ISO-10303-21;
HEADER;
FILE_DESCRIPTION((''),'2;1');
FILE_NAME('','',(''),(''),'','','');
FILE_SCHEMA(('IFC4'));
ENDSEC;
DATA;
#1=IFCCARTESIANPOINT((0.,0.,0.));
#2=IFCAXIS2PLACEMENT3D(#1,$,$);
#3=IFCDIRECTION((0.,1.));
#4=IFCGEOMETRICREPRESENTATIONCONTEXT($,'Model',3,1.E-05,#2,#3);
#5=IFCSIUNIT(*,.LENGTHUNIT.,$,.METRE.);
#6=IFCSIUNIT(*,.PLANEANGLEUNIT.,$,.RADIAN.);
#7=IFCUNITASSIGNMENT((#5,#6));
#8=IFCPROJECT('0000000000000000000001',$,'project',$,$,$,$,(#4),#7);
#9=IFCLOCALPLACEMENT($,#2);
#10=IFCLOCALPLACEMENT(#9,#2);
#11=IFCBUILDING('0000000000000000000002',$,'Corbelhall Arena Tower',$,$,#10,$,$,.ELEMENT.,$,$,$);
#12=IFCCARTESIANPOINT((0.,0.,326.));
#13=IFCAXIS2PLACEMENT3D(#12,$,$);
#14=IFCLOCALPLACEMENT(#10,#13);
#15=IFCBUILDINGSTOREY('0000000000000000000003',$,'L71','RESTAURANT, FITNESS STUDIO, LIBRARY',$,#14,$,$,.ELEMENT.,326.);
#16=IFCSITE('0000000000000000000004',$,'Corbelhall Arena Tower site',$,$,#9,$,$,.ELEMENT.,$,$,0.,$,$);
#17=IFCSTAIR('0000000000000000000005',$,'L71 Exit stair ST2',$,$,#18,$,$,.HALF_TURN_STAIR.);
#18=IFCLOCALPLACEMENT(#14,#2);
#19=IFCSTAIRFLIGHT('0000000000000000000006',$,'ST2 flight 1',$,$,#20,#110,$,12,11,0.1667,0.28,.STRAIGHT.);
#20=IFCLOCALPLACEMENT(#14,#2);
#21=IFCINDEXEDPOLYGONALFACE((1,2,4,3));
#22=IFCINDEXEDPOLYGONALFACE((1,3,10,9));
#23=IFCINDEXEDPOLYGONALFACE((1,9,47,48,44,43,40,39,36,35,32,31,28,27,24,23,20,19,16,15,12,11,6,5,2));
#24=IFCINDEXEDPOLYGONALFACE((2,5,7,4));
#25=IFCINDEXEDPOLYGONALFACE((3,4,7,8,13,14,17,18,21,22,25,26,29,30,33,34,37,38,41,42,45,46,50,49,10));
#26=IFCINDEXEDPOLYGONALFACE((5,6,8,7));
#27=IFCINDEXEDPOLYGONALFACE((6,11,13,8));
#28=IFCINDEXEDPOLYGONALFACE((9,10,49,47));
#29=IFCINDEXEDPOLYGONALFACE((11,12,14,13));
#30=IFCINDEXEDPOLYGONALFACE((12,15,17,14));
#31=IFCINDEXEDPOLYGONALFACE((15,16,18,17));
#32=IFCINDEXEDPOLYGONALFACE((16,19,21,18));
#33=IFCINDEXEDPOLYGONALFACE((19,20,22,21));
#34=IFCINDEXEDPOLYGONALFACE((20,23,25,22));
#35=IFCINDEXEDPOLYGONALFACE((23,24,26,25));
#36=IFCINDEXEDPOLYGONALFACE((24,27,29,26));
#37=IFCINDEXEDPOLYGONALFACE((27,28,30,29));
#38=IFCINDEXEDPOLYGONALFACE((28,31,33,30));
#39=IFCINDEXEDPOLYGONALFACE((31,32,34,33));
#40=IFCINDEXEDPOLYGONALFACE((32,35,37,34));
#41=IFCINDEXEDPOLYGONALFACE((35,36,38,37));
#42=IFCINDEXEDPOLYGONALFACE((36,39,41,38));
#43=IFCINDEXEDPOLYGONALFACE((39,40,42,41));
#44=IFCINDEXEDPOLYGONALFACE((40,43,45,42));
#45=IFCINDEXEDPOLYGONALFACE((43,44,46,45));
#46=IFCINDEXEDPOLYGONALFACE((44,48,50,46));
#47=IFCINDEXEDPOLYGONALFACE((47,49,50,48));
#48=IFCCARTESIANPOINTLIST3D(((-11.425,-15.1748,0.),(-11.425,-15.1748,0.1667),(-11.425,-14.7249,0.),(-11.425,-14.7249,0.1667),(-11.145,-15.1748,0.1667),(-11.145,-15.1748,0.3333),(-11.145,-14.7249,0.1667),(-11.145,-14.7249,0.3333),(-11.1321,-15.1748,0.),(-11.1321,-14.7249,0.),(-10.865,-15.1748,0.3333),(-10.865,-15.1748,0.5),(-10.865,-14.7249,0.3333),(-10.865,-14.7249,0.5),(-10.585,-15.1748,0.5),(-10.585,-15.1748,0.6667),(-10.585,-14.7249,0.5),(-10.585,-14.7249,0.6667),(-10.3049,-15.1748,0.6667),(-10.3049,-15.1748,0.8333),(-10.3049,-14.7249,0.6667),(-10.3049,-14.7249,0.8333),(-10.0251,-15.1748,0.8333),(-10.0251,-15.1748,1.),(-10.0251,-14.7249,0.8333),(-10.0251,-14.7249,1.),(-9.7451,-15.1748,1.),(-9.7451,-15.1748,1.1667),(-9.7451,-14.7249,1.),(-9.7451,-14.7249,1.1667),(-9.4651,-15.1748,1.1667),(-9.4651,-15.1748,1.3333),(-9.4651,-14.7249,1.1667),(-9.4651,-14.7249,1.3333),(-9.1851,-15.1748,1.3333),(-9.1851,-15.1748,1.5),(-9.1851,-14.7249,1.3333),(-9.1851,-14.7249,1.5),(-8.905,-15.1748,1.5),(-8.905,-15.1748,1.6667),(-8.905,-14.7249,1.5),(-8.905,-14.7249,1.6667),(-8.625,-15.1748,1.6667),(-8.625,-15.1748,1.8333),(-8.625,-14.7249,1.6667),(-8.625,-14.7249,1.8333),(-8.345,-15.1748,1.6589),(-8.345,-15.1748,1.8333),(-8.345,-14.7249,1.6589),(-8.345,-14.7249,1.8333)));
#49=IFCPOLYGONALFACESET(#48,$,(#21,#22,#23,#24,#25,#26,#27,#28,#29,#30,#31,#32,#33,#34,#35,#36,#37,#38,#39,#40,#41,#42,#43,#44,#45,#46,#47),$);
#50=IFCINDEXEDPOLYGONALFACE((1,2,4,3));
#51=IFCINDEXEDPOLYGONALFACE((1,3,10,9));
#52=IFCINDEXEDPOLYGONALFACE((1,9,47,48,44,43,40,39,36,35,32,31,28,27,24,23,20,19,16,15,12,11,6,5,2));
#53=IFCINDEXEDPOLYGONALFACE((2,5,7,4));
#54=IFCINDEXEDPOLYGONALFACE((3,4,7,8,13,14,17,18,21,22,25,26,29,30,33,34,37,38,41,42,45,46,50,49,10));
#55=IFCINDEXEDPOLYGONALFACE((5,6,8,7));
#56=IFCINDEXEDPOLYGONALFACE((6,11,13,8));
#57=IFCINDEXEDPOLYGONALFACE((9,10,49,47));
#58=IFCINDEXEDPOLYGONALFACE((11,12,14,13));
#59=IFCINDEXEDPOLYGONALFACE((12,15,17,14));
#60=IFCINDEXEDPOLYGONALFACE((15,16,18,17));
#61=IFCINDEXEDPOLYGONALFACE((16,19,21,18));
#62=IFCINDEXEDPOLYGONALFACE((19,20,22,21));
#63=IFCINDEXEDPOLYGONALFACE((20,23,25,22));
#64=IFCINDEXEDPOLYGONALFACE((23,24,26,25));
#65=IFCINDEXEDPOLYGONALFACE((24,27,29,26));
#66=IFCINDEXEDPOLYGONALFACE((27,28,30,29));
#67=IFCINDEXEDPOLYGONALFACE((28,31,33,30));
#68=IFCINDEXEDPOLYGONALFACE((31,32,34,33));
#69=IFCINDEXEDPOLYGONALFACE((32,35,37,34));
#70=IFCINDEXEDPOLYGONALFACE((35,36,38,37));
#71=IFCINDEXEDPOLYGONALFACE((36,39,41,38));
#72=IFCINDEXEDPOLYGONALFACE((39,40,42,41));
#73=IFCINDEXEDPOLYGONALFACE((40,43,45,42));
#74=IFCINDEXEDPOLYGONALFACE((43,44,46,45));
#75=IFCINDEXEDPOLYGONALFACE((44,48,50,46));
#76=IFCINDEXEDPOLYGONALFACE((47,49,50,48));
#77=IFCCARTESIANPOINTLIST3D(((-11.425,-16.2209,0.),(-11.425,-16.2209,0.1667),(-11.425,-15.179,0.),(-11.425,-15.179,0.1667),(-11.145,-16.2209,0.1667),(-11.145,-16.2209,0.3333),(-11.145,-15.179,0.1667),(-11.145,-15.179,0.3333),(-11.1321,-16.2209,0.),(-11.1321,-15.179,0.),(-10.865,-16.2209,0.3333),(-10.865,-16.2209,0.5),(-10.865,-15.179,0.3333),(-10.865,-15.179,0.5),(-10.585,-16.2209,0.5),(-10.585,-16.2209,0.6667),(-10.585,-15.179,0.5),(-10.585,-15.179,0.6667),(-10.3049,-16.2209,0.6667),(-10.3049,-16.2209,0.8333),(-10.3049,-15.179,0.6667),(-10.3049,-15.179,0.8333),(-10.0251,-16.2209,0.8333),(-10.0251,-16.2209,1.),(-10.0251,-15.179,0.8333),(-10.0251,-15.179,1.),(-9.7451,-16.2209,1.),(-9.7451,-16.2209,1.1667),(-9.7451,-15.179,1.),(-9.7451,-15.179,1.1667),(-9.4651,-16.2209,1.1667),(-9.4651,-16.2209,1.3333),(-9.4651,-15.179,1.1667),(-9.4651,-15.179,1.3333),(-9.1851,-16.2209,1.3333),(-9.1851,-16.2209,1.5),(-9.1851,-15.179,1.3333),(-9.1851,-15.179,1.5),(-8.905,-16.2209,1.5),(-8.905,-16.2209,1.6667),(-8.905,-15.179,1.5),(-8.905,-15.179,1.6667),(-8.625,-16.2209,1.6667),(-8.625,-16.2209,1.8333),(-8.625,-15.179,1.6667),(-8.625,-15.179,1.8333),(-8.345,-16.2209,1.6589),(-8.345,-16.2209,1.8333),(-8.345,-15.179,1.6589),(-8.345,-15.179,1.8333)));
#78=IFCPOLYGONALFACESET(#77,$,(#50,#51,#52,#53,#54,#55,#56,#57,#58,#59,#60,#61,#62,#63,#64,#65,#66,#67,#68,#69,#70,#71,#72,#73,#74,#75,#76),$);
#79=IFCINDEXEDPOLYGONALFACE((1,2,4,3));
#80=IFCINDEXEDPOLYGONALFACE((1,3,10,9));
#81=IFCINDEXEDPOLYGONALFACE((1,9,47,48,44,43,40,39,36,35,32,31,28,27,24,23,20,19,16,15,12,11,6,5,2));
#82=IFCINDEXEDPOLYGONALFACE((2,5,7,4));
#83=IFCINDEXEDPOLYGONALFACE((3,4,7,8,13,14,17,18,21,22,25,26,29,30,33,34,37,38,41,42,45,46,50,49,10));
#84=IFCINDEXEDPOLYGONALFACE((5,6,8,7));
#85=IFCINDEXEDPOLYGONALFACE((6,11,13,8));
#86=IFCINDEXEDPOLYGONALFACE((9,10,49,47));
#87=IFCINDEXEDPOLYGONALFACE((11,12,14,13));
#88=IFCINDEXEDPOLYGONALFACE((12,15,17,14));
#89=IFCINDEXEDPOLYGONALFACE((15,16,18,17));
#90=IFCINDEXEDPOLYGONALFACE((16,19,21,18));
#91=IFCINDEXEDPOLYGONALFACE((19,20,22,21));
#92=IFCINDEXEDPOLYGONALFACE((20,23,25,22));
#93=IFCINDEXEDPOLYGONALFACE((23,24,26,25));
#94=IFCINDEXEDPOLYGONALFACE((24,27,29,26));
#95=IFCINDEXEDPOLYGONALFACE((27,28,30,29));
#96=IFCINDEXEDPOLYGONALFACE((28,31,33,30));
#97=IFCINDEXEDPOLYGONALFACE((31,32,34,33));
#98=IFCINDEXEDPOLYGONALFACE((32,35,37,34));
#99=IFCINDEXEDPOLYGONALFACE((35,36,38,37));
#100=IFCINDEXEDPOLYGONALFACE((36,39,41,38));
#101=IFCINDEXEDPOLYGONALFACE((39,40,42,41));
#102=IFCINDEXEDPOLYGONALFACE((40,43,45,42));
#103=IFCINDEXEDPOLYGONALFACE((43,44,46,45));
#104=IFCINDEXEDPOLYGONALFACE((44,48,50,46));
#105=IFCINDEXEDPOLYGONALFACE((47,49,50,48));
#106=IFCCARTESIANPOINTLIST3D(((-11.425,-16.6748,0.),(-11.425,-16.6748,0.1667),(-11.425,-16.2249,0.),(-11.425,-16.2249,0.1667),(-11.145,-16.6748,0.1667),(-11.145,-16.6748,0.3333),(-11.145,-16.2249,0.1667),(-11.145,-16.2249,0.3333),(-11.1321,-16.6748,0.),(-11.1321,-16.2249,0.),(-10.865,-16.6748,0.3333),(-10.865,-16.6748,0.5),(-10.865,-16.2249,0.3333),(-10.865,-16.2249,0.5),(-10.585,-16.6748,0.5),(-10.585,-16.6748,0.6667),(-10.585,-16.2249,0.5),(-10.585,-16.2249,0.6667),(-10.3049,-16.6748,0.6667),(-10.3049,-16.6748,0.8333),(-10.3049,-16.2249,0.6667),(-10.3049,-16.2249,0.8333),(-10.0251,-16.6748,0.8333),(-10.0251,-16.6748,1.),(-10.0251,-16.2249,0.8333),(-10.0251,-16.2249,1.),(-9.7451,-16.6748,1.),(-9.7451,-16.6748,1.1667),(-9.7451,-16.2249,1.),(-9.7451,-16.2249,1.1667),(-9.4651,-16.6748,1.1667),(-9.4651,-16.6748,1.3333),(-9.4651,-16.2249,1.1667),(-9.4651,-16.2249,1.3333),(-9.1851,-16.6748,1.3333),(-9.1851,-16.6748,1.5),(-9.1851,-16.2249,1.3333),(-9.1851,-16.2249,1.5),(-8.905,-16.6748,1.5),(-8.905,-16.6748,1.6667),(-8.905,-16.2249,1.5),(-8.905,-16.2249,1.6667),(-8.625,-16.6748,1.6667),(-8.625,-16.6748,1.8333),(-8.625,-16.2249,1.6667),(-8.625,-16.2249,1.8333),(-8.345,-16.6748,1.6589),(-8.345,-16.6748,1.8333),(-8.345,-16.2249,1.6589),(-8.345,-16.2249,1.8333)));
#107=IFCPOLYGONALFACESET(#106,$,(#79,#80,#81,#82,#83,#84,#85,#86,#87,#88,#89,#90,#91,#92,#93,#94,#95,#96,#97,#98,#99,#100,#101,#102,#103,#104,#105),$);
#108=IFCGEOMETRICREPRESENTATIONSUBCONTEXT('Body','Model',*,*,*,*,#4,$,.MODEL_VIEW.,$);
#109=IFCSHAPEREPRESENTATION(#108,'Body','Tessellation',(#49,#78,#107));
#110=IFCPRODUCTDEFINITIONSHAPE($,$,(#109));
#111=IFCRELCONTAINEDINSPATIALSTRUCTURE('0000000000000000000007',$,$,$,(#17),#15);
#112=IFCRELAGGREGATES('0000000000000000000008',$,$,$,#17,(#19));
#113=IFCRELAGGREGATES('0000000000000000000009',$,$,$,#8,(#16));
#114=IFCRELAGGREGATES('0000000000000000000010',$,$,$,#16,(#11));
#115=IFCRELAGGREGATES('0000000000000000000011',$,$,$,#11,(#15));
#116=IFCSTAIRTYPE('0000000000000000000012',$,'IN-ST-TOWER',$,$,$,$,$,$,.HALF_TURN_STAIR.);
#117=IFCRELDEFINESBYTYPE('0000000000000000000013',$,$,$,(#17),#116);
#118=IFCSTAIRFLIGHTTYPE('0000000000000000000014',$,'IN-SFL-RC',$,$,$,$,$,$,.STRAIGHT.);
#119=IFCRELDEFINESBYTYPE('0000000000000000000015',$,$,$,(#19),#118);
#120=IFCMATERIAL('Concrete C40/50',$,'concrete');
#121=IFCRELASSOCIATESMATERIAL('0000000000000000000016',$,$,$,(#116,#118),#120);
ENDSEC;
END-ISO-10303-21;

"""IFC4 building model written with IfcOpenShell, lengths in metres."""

from ifc_helpers import new_model, si_unit, direction, frame, origin, place, context, subcontext, project, spatial, polyline, outline, extrude, material, type_object, element, aggregate, save


model = new_model("IFC4")

# Units and contexts
model_context = context("Model", 3, precision=1e-05, world=origin(), true_north=direction((0.0, 1.0)))
body_context = subcontext(model_context, "Body", "Model", "MODEL_VIEW")
ifc_project = project(units=[si_unit("LENGTHUNIT", "METRE"), si_unit("PLANEANGLEUNIT", "RADIAN")], contexts=[model_context])

# Site, building, storey
site_placement = place(None, origin())
site = spatial("IfcSite", under=ifc_project, at=site_placement, Name="Corbelhall Arena Tower site", CompositionType="ELEMENT", RefElevation=0.0)
building_placement = place(site_placement, origin())
building = spatial("IfcBuilding", under=site, at=building_placement, Name="Corbelhall Arena Tower", CompositionType="ELEMENT")
storey_placement = place(building_placement, frame((0.0, 0.0, 326.0)))
storey = spatial("IfcBuildingStorey", under=building, at=storey_placement, Name="L71", Description="RESTAURANT, FITNESS STUDIO, LIBRARY", CompositionType="ELEMENT", Elevation=326.0)

# Shared definitions
ifc_material_1 = material(Name="Concrete C40/50", Category="concrete")

# Stair, stair flight
stair_type = type_object("IfcStairType", Name="IN-ST-TOWER", PredefinedType="HALF_TURN_STAIR", material=ifc_material_1)
stair_placement = place(storey_placement, origin())
stair = element("IfcStair", 1, at=stair_placement, inside=storey, type_object=stair_type, Name="L71 Exit stair ST2", PredefinedType="HALF_TURN_STAIR")
stair_flight_type = type_object("IfcStairFlightType", Name="IN-SFL-RC", PredefinedType="STRAIGHT", material=ifc_material_1)
stair_flight_1_placement = place(storey_placement, frame((-11.425, -15.7, 0.0), z_axis=(0.0, 0.0, 1.0), x_axis=(1.0, 0.0, 0.0)))
stair_flight_1 = element("IfcStairFlight", 2, at=stair_flight_1_placement, type_object=stair_flight_type, Name="ST2 flight 1", NumberOfRisers=12, NumberOfTreads=11, PredefinedType="STRAIGHT", RiserHeight=0.1667, TreadLength=0.28, context=body_context, shape_type="SweptSolid", body=[
    extrude(outline(polyline([(0.0, 0.0), (0.0, 0.1667), (0.28, 0.1667), (0.28, 0.3333), (0.5601, 0.3333), (0.5601, 0.5), (0.8401, 0.5), (0.8401, 0.6667), (1.1201, 0.6667), (1.1201, 0.8333), (1.3999, 0.8333), (1.3999, 1.0), (1.6799, 1.0), (1.6799, 1.1667), (1.96, 1.1667), (1.96, 1.3333), (2.24, 1.3333), (2.24, 1.5), (2.52, 1.5), (2.52, 1.6667), (2.8, 1.6667), (2.8, 1.8333), (3.0801, 1.8333), (3.0801, 2.0), (3.0801, 1.6589), (0.293, 0.0), (0.0, 0.0)])), frame((0.0, 0.9751, 0.0), z_axis=(0.0, -1.0, 0.0), x_axis=(1.0, 0.0, 0.0)), (0.0, 0.0, 1.0), 0.45),
    extrude(outline(polyline([(0.0, 0.0), (0.0, 0.1667), (0.28, 0.1667), (0.28, 0.3333), (0.5601, 0.3333), (0.5601, 0.5), (0.8401, 0.5), (0.8401, 0.6667), (1.1201, 0.6667), (1.1201, 0.8333), (1.3999, 0.8333), (1.3999, 1.0), (1.6799, 1.0), (1.6799, 1.1667), (1.96, 1.1667), (1.96, 1.3333), (2.24, 1.3333), (2.24, 1.5), (2.52, 1.5), (2.52, 1.6667), (2.8, 1.6667), (2.8, 1.8333), (3.0801, 1.8333), (3.0801, 2.0), (3.0801, 1.6589), (0.293, 0.0), (0.0, 0.0)])), frame((0.0, 0.521, 0.0), z_axis=(0.0, -1.0, 0.0), x_axis=(1.0, 0.0, 0.0)), (0.0, 0.0, 1.0), 1.042),
    extrude(outline(polyline([(0.0, 0.0), (0.0, 0.1667), (0.28, 0.1667), (0.28, 0.3333), (0.5601, 0.3333), (0.5601, 0.5), (0.8401, 0.5), (0.8401, 0.6667), (1.1201, 0.6667), (1.1201, 0.8333), (1.3999, 0.8333), (1.3999, 1.0), (1.6799, 1.0), (1.6799, 1.1667), (1.96, 1.1667), (1.96, 1.3333), (2.24, 1.3333), (2.24, 1.5), (2.52, 1.5), (2.52, 1.6667), (2.8, 1.6667), (2.8, 1.8333), (3.0801, 1.8333), (3.0801, 2.0), (3.0801, 1.6589), (0.293, 0.0), (0.0, 0.0)])), frame((0.0, -0.5249, 0.0), z_axis=(0.0, -1.0, 0.0), x_axis=(1.0, 0.0, 0.0)), (0.0, 0.0, 1.0), 0.45),
])
aggregate(stair, [stair_flight_1])

save(model, "model.ifc")
